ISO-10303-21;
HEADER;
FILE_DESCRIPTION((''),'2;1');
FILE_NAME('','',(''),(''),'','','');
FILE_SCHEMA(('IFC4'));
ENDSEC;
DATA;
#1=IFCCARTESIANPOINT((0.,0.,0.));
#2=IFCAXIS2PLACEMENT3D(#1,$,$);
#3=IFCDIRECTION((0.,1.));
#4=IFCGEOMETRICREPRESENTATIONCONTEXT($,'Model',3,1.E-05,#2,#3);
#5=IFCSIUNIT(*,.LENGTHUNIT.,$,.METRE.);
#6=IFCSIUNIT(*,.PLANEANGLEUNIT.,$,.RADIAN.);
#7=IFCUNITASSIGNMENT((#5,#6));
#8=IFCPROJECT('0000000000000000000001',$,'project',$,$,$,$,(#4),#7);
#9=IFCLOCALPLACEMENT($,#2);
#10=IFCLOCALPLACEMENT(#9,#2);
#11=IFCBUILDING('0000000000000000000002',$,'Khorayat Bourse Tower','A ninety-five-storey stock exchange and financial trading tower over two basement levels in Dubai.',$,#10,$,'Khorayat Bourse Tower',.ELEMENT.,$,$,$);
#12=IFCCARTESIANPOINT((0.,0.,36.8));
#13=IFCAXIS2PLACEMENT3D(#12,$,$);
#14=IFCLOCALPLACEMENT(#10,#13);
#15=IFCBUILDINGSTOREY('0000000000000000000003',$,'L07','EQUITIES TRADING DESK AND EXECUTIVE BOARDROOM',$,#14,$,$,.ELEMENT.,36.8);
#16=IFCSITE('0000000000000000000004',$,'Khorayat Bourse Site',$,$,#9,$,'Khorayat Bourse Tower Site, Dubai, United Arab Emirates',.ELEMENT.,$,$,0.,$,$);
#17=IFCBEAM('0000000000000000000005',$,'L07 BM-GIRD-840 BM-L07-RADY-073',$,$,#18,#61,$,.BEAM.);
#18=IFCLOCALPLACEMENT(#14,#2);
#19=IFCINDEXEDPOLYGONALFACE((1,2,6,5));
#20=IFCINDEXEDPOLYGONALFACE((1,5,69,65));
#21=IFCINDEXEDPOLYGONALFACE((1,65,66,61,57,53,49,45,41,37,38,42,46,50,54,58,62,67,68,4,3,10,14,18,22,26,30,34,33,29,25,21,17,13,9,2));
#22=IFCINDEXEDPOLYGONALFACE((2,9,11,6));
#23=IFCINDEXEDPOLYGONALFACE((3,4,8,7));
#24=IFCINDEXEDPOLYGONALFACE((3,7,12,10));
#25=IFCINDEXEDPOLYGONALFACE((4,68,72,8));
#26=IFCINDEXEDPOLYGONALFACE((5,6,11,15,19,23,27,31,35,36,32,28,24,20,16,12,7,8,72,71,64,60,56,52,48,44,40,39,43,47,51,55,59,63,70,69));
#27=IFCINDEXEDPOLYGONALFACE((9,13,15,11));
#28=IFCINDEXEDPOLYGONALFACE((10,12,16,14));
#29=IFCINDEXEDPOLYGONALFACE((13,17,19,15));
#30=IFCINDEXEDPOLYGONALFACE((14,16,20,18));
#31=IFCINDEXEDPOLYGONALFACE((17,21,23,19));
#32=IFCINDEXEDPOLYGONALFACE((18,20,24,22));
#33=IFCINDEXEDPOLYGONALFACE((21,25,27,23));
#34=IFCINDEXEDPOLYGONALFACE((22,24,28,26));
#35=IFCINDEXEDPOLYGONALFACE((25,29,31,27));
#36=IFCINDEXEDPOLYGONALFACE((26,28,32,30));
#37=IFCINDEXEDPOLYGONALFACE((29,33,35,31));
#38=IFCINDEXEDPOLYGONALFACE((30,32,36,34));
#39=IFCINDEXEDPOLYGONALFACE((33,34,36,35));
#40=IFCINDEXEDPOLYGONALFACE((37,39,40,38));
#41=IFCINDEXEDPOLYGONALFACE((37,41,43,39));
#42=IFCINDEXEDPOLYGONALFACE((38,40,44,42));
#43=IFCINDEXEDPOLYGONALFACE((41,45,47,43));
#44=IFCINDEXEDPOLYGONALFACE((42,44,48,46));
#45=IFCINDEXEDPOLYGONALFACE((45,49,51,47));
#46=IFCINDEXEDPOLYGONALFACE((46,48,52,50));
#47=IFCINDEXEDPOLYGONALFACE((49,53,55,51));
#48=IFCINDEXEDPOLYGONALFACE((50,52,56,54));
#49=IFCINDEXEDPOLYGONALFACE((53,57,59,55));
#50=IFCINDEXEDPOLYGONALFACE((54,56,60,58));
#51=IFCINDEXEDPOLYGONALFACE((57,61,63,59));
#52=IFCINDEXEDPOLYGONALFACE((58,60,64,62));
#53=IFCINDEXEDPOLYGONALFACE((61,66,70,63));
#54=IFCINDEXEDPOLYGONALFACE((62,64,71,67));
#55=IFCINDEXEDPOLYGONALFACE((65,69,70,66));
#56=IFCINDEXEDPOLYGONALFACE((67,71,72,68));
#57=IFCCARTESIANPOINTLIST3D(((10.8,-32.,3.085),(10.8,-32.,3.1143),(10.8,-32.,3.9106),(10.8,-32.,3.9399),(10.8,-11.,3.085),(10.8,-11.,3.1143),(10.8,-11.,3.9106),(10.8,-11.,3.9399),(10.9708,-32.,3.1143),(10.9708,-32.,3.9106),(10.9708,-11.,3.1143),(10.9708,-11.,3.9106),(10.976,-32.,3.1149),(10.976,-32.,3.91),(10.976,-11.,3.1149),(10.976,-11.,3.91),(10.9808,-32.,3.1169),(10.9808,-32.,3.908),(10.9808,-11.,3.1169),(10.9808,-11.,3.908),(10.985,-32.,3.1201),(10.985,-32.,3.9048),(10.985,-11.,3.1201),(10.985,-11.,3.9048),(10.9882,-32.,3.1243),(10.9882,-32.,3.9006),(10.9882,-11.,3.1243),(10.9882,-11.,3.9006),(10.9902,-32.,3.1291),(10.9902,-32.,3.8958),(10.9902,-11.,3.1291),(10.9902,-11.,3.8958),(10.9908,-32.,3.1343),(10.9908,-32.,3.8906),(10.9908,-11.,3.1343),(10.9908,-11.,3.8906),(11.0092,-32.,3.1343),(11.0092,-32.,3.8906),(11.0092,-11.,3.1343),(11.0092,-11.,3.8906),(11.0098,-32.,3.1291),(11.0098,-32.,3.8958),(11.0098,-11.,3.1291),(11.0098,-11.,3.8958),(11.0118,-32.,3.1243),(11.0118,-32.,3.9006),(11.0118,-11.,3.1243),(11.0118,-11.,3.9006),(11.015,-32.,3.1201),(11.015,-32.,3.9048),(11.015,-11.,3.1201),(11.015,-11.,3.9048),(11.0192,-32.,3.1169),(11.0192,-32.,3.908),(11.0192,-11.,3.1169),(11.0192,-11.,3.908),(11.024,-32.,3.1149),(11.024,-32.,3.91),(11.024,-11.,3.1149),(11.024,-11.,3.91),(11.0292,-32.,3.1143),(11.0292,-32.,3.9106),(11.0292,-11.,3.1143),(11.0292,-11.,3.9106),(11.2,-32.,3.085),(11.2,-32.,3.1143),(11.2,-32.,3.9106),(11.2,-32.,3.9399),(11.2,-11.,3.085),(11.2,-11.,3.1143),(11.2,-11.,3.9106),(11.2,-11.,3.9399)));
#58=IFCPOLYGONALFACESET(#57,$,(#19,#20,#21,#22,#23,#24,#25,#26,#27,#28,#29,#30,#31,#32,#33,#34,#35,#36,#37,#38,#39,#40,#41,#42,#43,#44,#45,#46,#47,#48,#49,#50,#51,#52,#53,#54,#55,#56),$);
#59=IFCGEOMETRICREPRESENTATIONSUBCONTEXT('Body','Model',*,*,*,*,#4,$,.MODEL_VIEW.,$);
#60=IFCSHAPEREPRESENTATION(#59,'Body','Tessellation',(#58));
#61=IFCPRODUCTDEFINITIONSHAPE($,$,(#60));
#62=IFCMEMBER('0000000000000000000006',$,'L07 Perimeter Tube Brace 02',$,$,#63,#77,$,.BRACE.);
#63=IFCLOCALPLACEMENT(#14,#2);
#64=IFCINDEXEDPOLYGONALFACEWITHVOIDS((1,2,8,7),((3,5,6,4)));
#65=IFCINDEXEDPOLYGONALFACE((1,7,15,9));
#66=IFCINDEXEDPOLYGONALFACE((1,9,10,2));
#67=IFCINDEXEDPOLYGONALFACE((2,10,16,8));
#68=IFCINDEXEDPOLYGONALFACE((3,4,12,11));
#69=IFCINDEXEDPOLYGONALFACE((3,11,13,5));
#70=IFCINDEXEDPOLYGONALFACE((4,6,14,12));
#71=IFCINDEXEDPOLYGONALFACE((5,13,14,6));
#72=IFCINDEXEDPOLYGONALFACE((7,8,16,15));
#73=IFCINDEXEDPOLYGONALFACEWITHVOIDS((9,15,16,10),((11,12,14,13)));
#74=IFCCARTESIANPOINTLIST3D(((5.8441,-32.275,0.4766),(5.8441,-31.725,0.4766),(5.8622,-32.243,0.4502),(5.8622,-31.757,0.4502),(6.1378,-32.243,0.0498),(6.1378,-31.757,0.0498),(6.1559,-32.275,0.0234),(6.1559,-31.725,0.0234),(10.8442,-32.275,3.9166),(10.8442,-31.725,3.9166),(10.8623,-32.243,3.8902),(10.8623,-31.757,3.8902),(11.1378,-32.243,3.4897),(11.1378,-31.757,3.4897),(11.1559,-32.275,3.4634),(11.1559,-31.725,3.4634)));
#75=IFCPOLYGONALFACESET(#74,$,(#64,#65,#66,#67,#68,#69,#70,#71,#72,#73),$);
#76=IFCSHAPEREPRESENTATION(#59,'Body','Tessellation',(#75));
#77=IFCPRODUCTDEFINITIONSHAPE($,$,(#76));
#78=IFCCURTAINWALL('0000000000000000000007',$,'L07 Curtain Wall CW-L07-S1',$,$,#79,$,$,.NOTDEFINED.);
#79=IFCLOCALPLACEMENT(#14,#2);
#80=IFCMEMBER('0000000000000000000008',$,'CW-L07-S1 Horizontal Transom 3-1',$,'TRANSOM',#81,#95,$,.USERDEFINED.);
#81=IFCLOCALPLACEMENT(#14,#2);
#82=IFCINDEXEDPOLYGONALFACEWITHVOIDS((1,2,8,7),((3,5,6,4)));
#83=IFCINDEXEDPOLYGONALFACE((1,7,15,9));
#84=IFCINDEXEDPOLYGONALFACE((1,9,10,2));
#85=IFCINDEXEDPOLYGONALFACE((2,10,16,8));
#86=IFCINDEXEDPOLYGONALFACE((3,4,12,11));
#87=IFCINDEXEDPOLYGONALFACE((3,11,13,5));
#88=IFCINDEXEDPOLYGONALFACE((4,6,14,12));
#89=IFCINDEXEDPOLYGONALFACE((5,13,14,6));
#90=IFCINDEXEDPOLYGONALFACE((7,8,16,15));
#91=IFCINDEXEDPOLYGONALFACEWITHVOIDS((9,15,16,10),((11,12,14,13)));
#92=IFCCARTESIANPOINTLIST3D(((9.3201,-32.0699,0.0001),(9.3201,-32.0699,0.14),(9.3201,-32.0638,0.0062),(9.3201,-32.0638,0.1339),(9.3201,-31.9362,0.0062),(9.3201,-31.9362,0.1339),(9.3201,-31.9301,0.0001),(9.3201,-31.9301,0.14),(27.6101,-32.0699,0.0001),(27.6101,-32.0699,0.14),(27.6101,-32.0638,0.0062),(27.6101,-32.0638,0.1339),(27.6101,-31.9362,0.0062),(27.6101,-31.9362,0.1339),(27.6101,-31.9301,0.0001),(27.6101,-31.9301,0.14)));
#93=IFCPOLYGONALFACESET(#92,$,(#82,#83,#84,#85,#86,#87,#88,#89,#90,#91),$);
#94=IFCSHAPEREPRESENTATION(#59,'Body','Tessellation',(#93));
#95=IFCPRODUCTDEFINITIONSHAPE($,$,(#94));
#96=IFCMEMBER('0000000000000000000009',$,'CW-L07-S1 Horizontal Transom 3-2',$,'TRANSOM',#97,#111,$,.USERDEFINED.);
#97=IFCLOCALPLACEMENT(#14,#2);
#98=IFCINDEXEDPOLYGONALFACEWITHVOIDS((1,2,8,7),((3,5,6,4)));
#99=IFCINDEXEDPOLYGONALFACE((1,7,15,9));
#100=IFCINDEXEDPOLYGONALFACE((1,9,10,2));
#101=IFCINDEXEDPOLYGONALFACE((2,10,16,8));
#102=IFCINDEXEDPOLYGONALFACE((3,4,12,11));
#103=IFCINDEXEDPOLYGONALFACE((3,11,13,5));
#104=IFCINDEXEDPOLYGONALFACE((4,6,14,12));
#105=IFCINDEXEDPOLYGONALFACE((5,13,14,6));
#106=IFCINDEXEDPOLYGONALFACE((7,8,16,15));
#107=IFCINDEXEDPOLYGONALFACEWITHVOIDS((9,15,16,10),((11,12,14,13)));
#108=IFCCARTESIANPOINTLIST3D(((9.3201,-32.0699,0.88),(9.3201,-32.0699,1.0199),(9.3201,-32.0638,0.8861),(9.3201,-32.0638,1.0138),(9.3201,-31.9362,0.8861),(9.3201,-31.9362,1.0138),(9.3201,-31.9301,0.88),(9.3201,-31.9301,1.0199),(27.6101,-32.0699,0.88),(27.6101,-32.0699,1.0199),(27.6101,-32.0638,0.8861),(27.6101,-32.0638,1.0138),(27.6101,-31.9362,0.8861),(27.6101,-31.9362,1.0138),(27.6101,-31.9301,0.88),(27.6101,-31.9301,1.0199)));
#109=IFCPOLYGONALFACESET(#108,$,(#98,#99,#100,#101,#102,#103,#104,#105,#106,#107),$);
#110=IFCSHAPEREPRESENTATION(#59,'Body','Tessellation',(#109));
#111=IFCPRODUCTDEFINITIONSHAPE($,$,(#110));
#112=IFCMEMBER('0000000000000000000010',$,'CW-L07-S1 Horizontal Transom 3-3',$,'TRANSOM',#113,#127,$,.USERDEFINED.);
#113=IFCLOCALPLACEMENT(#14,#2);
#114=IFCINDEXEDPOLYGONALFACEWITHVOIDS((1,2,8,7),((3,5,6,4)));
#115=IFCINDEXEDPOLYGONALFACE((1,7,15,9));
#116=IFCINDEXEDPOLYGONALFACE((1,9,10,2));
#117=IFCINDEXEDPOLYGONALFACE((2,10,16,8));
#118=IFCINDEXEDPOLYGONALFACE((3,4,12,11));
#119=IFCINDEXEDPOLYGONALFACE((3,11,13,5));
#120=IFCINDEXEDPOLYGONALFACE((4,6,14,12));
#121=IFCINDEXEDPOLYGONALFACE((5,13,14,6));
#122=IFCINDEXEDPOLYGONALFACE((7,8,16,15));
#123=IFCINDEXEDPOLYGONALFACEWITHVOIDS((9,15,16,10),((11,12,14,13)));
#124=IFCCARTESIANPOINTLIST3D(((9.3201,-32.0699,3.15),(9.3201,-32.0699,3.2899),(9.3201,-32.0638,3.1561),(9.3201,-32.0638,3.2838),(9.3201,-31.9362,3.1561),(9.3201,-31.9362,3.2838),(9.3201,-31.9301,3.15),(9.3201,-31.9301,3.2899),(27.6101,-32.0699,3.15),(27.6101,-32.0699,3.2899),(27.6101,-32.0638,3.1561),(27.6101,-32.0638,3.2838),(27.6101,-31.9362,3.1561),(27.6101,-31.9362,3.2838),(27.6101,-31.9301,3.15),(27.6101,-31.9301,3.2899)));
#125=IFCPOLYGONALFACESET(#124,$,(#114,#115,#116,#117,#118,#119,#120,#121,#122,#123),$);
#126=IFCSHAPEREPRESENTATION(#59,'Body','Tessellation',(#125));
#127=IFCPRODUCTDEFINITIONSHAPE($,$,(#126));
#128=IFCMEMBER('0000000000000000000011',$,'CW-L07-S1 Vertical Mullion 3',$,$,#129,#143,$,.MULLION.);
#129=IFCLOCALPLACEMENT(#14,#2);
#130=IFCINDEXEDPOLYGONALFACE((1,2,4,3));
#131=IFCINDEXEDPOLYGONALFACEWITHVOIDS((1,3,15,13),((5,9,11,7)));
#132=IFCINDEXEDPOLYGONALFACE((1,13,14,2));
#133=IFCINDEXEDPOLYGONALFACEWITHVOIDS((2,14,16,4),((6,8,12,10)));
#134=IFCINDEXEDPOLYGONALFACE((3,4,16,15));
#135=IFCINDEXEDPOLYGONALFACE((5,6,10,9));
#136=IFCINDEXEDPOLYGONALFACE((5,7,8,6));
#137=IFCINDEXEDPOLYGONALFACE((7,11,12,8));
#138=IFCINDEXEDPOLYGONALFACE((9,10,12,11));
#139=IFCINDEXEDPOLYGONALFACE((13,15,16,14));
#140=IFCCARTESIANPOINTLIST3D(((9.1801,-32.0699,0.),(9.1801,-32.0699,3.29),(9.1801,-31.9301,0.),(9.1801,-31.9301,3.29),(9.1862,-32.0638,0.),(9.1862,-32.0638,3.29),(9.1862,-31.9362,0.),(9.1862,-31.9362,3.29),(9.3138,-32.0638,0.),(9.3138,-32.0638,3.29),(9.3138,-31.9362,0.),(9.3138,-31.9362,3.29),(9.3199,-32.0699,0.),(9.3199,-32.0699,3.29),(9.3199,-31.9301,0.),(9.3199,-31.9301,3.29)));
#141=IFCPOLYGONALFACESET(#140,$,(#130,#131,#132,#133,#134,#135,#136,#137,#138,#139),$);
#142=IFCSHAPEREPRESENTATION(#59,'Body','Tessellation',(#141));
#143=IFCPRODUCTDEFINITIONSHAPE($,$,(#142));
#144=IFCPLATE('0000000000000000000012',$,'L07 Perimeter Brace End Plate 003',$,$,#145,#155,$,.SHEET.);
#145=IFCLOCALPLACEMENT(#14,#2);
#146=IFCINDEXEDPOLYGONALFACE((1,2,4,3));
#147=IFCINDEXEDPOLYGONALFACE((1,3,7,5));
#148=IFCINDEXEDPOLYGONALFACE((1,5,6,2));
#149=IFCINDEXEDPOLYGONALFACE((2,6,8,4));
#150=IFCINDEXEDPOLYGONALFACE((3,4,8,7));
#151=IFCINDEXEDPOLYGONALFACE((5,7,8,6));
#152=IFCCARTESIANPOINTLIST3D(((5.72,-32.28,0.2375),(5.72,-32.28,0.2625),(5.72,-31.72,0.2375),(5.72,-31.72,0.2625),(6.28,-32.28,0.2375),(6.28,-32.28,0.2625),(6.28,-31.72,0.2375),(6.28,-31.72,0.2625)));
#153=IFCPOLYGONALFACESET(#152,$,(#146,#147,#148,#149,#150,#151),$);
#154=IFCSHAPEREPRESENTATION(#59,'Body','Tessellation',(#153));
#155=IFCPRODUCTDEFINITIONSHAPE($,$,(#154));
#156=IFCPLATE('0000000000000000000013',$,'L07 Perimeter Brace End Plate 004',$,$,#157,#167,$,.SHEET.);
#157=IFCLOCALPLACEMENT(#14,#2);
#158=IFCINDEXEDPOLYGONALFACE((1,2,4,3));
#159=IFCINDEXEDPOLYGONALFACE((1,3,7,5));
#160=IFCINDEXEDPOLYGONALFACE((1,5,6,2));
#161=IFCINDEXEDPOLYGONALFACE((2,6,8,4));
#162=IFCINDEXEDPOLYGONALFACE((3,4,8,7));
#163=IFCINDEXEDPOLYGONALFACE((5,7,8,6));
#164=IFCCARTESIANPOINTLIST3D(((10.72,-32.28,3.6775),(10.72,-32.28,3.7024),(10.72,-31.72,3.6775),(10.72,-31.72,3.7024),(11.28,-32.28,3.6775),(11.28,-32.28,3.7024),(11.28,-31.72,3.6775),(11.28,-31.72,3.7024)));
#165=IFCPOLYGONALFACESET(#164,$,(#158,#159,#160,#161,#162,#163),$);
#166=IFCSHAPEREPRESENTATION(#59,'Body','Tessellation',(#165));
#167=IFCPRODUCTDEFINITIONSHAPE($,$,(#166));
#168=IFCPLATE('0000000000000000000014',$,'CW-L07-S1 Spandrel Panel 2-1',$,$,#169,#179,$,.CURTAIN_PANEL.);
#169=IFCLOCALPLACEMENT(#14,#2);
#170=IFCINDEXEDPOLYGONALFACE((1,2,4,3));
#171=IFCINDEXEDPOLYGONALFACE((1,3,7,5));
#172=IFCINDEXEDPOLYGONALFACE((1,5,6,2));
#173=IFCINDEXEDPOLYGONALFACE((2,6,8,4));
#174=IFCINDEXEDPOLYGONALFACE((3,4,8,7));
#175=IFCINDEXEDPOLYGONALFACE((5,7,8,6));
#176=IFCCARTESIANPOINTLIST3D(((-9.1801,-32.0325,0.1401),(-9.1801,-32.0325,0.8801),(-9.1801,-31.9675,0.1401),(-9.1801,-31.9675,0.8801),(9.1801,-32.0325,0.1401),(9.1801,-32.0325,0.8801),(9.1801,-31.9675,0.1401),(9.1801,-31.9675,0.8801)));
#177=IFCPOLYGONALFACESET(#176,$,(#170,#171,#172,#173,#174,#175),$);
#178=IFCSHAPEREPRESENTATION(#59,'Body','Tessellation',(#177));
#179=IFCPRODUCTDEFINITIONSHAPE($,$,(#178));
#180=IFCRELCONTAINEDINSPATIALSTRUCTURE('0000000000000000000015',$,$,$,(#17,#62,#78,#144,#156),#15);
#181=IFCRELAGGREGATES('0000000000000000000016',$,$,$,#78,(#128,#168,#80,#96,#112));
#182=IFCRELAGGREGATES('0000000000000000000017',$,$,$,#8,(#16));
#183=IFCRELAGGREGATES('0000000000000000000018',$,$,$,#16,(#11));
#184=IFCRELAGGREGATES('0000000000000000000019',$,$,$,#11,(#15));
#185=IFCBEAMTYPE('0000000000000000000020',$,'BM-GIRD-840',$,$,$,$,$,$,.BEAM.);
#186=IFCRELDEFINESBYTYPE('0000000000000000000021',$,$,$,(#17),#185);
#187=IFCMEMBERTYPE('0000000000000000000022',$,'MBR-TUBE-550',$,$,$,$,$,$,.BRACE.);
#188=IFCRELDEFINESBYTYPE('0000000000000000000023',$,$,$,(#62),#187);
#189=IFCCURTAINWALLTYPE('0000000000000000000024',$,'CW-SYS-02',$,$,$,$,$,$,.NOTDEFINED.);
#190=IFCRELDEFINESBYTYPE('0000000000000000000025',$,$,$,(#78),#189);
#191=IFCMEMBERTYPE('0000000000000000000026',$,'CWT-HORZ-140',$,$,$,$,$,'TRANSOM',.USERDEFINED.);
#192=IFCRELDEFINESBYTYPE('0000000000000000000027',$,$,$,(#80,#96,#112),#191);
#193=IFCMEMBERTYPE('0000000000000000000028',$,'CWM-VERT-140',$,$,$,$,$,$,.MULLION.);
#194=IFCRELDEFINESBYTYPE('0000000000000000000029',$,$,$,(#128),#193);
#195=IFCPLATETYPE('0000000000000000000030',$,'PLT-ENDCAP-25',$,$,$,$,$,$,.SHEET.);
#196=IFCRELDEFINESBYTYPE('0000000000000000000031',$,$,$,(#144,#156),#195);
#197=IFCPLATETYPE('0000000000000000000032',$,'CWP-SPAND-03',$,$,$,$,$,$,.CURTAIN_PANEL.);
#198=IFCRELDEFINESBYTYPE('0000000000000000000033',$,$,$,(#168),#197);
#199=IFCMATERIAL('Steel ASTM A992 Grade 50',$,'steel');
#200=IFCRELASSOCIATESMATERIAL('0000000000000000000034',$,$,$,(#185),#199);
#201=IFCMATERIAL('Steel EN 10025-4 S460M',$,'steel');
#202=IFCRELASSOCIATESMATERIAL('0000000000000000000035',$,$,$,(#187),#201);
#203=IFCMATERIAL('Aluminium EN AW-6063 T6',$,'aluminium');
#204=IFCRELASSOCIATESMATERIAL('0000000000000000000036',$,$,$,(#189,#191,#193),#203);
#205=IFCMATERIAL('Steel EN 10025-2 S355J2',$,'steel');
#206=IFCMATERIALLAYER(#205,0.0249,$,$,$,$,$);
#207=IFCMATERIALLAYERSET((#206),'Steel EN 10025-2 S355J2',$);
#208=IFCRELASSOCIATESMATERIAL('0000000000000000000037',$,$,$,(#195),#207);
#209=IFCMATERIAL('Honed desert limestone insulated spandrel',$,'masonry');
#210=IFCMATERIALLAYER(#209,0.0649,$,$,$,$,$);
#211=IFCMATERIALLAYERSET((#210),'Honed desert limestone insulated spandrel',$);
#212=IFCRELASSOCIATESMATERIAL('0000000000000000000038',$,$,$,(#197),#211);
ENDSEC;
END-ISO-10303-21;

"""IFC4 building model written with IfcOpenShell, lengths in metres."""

from ifc_helpers import new_model, si_unit, direction, frame, origin, origin_2d, place, context, subcontext, project, spatial, rectangle, hollow_rectangle, i_section, extrude, source, transform, mapped, material, layer, layer_set, material_profile, profile_set, type_object, element, aggregate, save


model = new_model("IFC4")

# Units and contexts
model_context = context("Model", 3, precision=1e-05, world=origin(), true_north=direction((0.0, 1.0)))
body_context = subcontext(model_context, "Body", "Model", "MODEL_VIEW")
ifc_project = project(units=[si_unit("LENGTHUNIT", "METRE"), si_unit("PLANEANGLEUNIT", "RADIAN")], contexts=[model_context])

# Site, building, storey
site_placement = place(None, origin())
site = spatial("IfcSite", under=ifc_project, at=site_placement, Name="Khorayat Bourse Site", LongName="Khorayat Bourse Tower Site, Dubai, United Arab Emirates", CompositionType="ELEMENT", RefElevation=0.0)
building_placement = place(site_placement, origin())
building = spatial("IfcBuilding", under=site, at=building_placement, Name="Khorayat Bourse Tower", Description="A ninety-five-storey stock exchange and financial trading tower over two basement levels in Dubai.", LongName="Khorayat Bourse Tower", CompositionType="ELEMENT")
storey_placement = place(building_placement, frame((0.0, 0.0, 36.8)))
storey = spatial("IfcBuildingStorey", under=building, at=storey_placement, Name="L07", Description="EQUITIES TRADING DESK AND EXECUTIVE BOARDROOM", CompositionType="ELEMENT", Elevation=36.8)

# Shared definitions
ifc_material_1 = material(Name="Steel EN 10025-4 S460M", Category="steel")

# Beam
ifc_material_2 = material(Name="Steel ASTM A992 Grade 50", Category="steel")
ifc_material_profile_1 = material_profile(ifc_material_2, i_section(OverallWidth=0.3999, OverallDepth=0.855, WebThickness=0.0183, FlangeThickness=0.0293, FilletRadius=0.02, at=origin_2d()), Name="W840X299")
ifc_profile_set_1 = profile_set([ifc_material_profile_1], Name="Steel ASTM A992 Grade 50")
beam_type_1 = type_object("IfcBeamType", Name="BM-GIRD-840", PredefinedType="BEAM", material=ifc_profile_set_1)
shared_shape_1 = source(origin(), body_context, "Body", "SweptSolid", [
    extrude(i_section(OverallWidth=0.3999, OverallDepth=0.855, WebThickness=0.0183, FlangeThickness=0.0293, FilletRadius=0.02, at=origin_2d()), origin(), (0.0, 0.0, 1.0), 21.0),
])
for number, where, z_axis, x_axis, name in (
    (1, (11.0, -32.0, 3.5125), (0.0, 1.0, 0.0), (-1.0, 0.0, 0.0), "L07 BM-GIRD-840 BM-L07-RADY-073"),
):
    element("IfcBeam", number, at=place(storey_placement, frame(where, z_axis=z_axis, x_axis=x_axis)), inside=storey, type_object=beam_type_1, Name=name, PredefinedType="BEAM", context=body_context, shape_type="MappedRepresentation", body=[
        mapped(shared_shape_1, transform((0.0, 0.0, 0.0), scale=1.0)),
    ])

# Member
ifc_material_profile_2 = material_profile(ifc_material_1, hollow_rectangle(XDim=0.55, YDim=0.55, WallThickness=0.032, at=origin_2d()), Name="HSS 550x550x32")
ifc_profile_set_2 = profile_set([ifc_material_profile_2], Name="Steel EN 10025-4 S460M")
member_type_1 = type_object("IfcMemberType", Name="MBR-TUBE-550", PredefinedType="BRACE", material=ifc_profile_set_2)
shared_shape_2 = source(origin(), body_context, "Body", "SweptSolid", [
    extrude(hollow_rectangle(XDim=0.55, YDim=0.55, WallThickness=0.032, at=origin_2d()), origin(), (0.0, 0.0, 1.0), 6.0691),
])
member_1_placement = place(storey_placement, frame((6.0, -32.0, 0.25), z_axis=(0.823854, 0.0, 0.566802), x_axis=(0.0, 1.0, 0.0)))
element("IfcMember", 2, at=member_1_placement, inside=storey, type_object=member_type_1, Name="L07 Perimeter Tube Brace 02", PredefinedType="BRACE", context=body_context, shape_type="MappedRepresentation", body=[
    mapped(shared_shape_2, transform((0.0, 0.0, 0.0), scale=1.0)),
])

# Curtain wall, members
ifc_material_3 = material(Name="Aluminium EN AW-6063 T6", Category="aluminium")
curtain_wall_type = type_object("IfcCurtainWallType", Name="CW-SYS-02", PredefinedType="NOTDEFINED", material=ifc_material_3)
curtain_wall_placement = place(storey_placement, origin())
curtain_wall = element("IfcCurtainWall", 3, at=curtain_wall_placement, inside=storey, type_object=curtain_wall_type, Name="L07 Curtain Wall CW-L07-S1", PredefinedType="NOTDEFINED")
ifc_material_profile_3 = material_profile(ifc_material_3, hollow_rectangle(XDim=0.1399, YDim=0.1399, WallThickness=0.0061, at=origin_2d()), Name="ALU 140x140x6")
ifc_profile_set_3 = profile_set([ifc_material_profile_3], Name="Aluminium EN AW-6063 T6")
member_type_2 = type_object("IfcMemberType", Name="CWT-HORZ-140", ElementType="TRANSOM", PredefinedType="USERDEFINED", material=ifc_profile_set_3)
shared_shape_3 = source(origin(), body_context, "Body", "SweptSolid", [
    extrude(hollow_rectangle(XDim=0.1399, YDim=0.1399, WallThickness=0.0061, at=origin_2d()), origin(), (0.0, 0.0, 1.0), 18.29),
])
member_2_placement = place(storey_placement, frame((9.3201, -32.0, 0.0701), z_axis=(1.0, 0.0, 0.0), x_axis=(0.0, 1.0, 0.0)))
member_2 = element("IfcMember", 4, at=member_2_placement, type_object=member_type_2, Name="CW-L07-S1 Horizontal Transom 3-1", ObjectType="TRANSOM", PredefinedType="USERDEFINED", context=body_context, shape_type="MappedRepresentation", body=[
    mapped(shared_shape_3, transform((0.0, 0.0, 0.0), scale=1.0)),
])
member_3_placement = place(storey_placement, frame((9.3201, -32.0, 0.95), z_axis=(1.0, 0.0, 0.0), x_axis=(0.0, 1.0, 0.0)))
member_3 = element("IfcMember", 5, at=member_3_placement, type_object=member_type_2, Name="CW-L07-S1 Horizontal Transom 3-2", ObjectType="TRANSOM", PredefinedType="USERDEFINED", context=body_context, shape_type="MappedRepresentation", body=[
    mapped(shared_shape_3, transform((0.0, 0.0, 0.0), scale=1.0)),
])
member_4_placement = place(storey_placement, frame((9.3201, -32.0, 3.22), z_axis=(1.0, 0.0, 0.0), x_axis=(0.0, 1.0, 0.0)))
member_4 = element("IfcMember", 6, at=member_4_placement, type_object=member_type_2, Name="CW-L07-S1 Horizontal Transom 3-3", ObjectType="TRANSOM", PredefinedType="USERDEFINED", context=body_context, shape_type="MappedRepresentation", body=[
    mapped(shared_shape_3, transform((0.0, 0.0, 0.0), scale=1.0)),
])
ifc_material_profile_4 = material_profile(ifc_material_3, hollow_rectangle(XDim=0.1399, YDim=0.1399, WallThickness=0.0061, at=origin_2d()), Name="ALU 140x140x6")
ifc_profile_set_4 = profile_set([ifc_material_profile_4], Name="Aluminium EN AW-6063 T6")
member_type_3 = type_object("IfcMemberType", Name="CWM-VERT-140", PredefinedType="MULLION", material=ifc_profile_set_4)
shared_shape_4 = source(origin(), body_context, "Body", "SweptSolid", [
    extrude(hollow_rectangle(XDim=0.1399, YDim=0.1399, WallThickness=0.0061, at=origin_2d()), origin(), (0.0, 0.0, 1.0), 3.29),
])
member_5_placement = place(storey_placement, frame((9.25, -32.0, 0.0), z_axis=(0.0, 0.0, 1.0), x_axis=(0.0, 1.0, 0.0)))
member_5 = element("IfcMember", 7, at=member_5_placement, type_object=member_type_3, Name="CW-L07-S1 Vertical Mullion 3", PredefinedType="MULLION", context=body_context, shape_type="MappedRepresentation", body=[
    mapped(shared_shape_4, transform((0.0, 0.0, 0.0), scale=1.0)),
])

# Plates
ifc_material_4 = material(Name="Steel EN 10025-2 S355J2", Category="steel")
ifc_layer_1 = layer(ifc_material_4, 0.0249)
ifc_layer_set_1 = layer_set([ifc_layer_1], Name="Steel EN 10025-2 S355J2")
plate_type_1 = type_object("IfcPlateType", Name="PLT-ENDCAP-25", PredefinedType="SHEET", material=ifc_layer_set_1)
shared_shape_5 = source(origin(), body_context, "Body", "SweptSolid", [
    extrude(rectangle(XDim=0.5601, YDim=0.5601, at=origin_2d()), origin(), (0.0, 0.0, 1.0), 0.0249),
])
for number, where, z_axis, x_axis, name in (
    (8, (6.0, -32.0, 0.2375), (0.0, 0.0, 1.0), (1.0, 0.0, 0.0), "L07 Perimeter Brace End Plate 003"),
    (9, (11.0, -32.0, 3.6775), (0.0, 0.0, 1.0), (1.0, 0.0, 0.0), "L07 Perimeter Brace End Plate 004"),
):
    element("IfcPlate", number, at=place(storey_placement, frame(where, z_axis=z_axis, x_axis=x_axis)), inside=storey, type_object=plate_type_1, Name=name, PredefinedType="SHEET", context=body_context, shape_type="MappedRepresentation", body=[
        mapped(shared_shape_5, transform((0.0, 0.0, 0.0), scale=1.0)),
    ])

# Plate
ifc_material_5 = material(Name="Honed desert limestone insulated spandrel", Category="masonry")
ifc_layer_2 = layer(ifc_material_5, 0.0649)
ifc_layer_set_2 = layer_set([ifc_layer_2], Name="Honed desert limestone insulated spandrel")
plate_type_2 = type_object("IfcPlateType", Name="CWP-SPAND-03", PredefinedType="CURTAIN_PANEL", material=ifc_layer_set_2)
shared_shape_6 = source(origin(), body_context, "Body", "SweptSolid", [
    extrude(rectangle(XDim=18.3601, YDim=0.0649, at=origin_2d()), origin(), (0.0, 0.0, 1.0), 0.74),
])
plate_1_placement = place(storey_placement, frame((0.0, -32.0, 0.1401), z_axis=(0.0, 0.0, 1.0), x_axis=(1.0, 0.0, 0.0)))
plate_1 = element("IfcPlate", 10, at=plate_1_placement, type_object=plate_type_2, Name="CW-L07-S1 Spandrel Panel 2-1", PredefinedType="CURTAIN_PANEL", context=body_context, shape_type="MappedRepresentation", body=[
    mapped(shared_shape_6, transform((0.0, 0.0, 0.0), scale=1.0)),
])
aggregate(curtain_wall, [member_5, plate_1, member_2, member_3, member_4])

save(model, "model.ifc")
